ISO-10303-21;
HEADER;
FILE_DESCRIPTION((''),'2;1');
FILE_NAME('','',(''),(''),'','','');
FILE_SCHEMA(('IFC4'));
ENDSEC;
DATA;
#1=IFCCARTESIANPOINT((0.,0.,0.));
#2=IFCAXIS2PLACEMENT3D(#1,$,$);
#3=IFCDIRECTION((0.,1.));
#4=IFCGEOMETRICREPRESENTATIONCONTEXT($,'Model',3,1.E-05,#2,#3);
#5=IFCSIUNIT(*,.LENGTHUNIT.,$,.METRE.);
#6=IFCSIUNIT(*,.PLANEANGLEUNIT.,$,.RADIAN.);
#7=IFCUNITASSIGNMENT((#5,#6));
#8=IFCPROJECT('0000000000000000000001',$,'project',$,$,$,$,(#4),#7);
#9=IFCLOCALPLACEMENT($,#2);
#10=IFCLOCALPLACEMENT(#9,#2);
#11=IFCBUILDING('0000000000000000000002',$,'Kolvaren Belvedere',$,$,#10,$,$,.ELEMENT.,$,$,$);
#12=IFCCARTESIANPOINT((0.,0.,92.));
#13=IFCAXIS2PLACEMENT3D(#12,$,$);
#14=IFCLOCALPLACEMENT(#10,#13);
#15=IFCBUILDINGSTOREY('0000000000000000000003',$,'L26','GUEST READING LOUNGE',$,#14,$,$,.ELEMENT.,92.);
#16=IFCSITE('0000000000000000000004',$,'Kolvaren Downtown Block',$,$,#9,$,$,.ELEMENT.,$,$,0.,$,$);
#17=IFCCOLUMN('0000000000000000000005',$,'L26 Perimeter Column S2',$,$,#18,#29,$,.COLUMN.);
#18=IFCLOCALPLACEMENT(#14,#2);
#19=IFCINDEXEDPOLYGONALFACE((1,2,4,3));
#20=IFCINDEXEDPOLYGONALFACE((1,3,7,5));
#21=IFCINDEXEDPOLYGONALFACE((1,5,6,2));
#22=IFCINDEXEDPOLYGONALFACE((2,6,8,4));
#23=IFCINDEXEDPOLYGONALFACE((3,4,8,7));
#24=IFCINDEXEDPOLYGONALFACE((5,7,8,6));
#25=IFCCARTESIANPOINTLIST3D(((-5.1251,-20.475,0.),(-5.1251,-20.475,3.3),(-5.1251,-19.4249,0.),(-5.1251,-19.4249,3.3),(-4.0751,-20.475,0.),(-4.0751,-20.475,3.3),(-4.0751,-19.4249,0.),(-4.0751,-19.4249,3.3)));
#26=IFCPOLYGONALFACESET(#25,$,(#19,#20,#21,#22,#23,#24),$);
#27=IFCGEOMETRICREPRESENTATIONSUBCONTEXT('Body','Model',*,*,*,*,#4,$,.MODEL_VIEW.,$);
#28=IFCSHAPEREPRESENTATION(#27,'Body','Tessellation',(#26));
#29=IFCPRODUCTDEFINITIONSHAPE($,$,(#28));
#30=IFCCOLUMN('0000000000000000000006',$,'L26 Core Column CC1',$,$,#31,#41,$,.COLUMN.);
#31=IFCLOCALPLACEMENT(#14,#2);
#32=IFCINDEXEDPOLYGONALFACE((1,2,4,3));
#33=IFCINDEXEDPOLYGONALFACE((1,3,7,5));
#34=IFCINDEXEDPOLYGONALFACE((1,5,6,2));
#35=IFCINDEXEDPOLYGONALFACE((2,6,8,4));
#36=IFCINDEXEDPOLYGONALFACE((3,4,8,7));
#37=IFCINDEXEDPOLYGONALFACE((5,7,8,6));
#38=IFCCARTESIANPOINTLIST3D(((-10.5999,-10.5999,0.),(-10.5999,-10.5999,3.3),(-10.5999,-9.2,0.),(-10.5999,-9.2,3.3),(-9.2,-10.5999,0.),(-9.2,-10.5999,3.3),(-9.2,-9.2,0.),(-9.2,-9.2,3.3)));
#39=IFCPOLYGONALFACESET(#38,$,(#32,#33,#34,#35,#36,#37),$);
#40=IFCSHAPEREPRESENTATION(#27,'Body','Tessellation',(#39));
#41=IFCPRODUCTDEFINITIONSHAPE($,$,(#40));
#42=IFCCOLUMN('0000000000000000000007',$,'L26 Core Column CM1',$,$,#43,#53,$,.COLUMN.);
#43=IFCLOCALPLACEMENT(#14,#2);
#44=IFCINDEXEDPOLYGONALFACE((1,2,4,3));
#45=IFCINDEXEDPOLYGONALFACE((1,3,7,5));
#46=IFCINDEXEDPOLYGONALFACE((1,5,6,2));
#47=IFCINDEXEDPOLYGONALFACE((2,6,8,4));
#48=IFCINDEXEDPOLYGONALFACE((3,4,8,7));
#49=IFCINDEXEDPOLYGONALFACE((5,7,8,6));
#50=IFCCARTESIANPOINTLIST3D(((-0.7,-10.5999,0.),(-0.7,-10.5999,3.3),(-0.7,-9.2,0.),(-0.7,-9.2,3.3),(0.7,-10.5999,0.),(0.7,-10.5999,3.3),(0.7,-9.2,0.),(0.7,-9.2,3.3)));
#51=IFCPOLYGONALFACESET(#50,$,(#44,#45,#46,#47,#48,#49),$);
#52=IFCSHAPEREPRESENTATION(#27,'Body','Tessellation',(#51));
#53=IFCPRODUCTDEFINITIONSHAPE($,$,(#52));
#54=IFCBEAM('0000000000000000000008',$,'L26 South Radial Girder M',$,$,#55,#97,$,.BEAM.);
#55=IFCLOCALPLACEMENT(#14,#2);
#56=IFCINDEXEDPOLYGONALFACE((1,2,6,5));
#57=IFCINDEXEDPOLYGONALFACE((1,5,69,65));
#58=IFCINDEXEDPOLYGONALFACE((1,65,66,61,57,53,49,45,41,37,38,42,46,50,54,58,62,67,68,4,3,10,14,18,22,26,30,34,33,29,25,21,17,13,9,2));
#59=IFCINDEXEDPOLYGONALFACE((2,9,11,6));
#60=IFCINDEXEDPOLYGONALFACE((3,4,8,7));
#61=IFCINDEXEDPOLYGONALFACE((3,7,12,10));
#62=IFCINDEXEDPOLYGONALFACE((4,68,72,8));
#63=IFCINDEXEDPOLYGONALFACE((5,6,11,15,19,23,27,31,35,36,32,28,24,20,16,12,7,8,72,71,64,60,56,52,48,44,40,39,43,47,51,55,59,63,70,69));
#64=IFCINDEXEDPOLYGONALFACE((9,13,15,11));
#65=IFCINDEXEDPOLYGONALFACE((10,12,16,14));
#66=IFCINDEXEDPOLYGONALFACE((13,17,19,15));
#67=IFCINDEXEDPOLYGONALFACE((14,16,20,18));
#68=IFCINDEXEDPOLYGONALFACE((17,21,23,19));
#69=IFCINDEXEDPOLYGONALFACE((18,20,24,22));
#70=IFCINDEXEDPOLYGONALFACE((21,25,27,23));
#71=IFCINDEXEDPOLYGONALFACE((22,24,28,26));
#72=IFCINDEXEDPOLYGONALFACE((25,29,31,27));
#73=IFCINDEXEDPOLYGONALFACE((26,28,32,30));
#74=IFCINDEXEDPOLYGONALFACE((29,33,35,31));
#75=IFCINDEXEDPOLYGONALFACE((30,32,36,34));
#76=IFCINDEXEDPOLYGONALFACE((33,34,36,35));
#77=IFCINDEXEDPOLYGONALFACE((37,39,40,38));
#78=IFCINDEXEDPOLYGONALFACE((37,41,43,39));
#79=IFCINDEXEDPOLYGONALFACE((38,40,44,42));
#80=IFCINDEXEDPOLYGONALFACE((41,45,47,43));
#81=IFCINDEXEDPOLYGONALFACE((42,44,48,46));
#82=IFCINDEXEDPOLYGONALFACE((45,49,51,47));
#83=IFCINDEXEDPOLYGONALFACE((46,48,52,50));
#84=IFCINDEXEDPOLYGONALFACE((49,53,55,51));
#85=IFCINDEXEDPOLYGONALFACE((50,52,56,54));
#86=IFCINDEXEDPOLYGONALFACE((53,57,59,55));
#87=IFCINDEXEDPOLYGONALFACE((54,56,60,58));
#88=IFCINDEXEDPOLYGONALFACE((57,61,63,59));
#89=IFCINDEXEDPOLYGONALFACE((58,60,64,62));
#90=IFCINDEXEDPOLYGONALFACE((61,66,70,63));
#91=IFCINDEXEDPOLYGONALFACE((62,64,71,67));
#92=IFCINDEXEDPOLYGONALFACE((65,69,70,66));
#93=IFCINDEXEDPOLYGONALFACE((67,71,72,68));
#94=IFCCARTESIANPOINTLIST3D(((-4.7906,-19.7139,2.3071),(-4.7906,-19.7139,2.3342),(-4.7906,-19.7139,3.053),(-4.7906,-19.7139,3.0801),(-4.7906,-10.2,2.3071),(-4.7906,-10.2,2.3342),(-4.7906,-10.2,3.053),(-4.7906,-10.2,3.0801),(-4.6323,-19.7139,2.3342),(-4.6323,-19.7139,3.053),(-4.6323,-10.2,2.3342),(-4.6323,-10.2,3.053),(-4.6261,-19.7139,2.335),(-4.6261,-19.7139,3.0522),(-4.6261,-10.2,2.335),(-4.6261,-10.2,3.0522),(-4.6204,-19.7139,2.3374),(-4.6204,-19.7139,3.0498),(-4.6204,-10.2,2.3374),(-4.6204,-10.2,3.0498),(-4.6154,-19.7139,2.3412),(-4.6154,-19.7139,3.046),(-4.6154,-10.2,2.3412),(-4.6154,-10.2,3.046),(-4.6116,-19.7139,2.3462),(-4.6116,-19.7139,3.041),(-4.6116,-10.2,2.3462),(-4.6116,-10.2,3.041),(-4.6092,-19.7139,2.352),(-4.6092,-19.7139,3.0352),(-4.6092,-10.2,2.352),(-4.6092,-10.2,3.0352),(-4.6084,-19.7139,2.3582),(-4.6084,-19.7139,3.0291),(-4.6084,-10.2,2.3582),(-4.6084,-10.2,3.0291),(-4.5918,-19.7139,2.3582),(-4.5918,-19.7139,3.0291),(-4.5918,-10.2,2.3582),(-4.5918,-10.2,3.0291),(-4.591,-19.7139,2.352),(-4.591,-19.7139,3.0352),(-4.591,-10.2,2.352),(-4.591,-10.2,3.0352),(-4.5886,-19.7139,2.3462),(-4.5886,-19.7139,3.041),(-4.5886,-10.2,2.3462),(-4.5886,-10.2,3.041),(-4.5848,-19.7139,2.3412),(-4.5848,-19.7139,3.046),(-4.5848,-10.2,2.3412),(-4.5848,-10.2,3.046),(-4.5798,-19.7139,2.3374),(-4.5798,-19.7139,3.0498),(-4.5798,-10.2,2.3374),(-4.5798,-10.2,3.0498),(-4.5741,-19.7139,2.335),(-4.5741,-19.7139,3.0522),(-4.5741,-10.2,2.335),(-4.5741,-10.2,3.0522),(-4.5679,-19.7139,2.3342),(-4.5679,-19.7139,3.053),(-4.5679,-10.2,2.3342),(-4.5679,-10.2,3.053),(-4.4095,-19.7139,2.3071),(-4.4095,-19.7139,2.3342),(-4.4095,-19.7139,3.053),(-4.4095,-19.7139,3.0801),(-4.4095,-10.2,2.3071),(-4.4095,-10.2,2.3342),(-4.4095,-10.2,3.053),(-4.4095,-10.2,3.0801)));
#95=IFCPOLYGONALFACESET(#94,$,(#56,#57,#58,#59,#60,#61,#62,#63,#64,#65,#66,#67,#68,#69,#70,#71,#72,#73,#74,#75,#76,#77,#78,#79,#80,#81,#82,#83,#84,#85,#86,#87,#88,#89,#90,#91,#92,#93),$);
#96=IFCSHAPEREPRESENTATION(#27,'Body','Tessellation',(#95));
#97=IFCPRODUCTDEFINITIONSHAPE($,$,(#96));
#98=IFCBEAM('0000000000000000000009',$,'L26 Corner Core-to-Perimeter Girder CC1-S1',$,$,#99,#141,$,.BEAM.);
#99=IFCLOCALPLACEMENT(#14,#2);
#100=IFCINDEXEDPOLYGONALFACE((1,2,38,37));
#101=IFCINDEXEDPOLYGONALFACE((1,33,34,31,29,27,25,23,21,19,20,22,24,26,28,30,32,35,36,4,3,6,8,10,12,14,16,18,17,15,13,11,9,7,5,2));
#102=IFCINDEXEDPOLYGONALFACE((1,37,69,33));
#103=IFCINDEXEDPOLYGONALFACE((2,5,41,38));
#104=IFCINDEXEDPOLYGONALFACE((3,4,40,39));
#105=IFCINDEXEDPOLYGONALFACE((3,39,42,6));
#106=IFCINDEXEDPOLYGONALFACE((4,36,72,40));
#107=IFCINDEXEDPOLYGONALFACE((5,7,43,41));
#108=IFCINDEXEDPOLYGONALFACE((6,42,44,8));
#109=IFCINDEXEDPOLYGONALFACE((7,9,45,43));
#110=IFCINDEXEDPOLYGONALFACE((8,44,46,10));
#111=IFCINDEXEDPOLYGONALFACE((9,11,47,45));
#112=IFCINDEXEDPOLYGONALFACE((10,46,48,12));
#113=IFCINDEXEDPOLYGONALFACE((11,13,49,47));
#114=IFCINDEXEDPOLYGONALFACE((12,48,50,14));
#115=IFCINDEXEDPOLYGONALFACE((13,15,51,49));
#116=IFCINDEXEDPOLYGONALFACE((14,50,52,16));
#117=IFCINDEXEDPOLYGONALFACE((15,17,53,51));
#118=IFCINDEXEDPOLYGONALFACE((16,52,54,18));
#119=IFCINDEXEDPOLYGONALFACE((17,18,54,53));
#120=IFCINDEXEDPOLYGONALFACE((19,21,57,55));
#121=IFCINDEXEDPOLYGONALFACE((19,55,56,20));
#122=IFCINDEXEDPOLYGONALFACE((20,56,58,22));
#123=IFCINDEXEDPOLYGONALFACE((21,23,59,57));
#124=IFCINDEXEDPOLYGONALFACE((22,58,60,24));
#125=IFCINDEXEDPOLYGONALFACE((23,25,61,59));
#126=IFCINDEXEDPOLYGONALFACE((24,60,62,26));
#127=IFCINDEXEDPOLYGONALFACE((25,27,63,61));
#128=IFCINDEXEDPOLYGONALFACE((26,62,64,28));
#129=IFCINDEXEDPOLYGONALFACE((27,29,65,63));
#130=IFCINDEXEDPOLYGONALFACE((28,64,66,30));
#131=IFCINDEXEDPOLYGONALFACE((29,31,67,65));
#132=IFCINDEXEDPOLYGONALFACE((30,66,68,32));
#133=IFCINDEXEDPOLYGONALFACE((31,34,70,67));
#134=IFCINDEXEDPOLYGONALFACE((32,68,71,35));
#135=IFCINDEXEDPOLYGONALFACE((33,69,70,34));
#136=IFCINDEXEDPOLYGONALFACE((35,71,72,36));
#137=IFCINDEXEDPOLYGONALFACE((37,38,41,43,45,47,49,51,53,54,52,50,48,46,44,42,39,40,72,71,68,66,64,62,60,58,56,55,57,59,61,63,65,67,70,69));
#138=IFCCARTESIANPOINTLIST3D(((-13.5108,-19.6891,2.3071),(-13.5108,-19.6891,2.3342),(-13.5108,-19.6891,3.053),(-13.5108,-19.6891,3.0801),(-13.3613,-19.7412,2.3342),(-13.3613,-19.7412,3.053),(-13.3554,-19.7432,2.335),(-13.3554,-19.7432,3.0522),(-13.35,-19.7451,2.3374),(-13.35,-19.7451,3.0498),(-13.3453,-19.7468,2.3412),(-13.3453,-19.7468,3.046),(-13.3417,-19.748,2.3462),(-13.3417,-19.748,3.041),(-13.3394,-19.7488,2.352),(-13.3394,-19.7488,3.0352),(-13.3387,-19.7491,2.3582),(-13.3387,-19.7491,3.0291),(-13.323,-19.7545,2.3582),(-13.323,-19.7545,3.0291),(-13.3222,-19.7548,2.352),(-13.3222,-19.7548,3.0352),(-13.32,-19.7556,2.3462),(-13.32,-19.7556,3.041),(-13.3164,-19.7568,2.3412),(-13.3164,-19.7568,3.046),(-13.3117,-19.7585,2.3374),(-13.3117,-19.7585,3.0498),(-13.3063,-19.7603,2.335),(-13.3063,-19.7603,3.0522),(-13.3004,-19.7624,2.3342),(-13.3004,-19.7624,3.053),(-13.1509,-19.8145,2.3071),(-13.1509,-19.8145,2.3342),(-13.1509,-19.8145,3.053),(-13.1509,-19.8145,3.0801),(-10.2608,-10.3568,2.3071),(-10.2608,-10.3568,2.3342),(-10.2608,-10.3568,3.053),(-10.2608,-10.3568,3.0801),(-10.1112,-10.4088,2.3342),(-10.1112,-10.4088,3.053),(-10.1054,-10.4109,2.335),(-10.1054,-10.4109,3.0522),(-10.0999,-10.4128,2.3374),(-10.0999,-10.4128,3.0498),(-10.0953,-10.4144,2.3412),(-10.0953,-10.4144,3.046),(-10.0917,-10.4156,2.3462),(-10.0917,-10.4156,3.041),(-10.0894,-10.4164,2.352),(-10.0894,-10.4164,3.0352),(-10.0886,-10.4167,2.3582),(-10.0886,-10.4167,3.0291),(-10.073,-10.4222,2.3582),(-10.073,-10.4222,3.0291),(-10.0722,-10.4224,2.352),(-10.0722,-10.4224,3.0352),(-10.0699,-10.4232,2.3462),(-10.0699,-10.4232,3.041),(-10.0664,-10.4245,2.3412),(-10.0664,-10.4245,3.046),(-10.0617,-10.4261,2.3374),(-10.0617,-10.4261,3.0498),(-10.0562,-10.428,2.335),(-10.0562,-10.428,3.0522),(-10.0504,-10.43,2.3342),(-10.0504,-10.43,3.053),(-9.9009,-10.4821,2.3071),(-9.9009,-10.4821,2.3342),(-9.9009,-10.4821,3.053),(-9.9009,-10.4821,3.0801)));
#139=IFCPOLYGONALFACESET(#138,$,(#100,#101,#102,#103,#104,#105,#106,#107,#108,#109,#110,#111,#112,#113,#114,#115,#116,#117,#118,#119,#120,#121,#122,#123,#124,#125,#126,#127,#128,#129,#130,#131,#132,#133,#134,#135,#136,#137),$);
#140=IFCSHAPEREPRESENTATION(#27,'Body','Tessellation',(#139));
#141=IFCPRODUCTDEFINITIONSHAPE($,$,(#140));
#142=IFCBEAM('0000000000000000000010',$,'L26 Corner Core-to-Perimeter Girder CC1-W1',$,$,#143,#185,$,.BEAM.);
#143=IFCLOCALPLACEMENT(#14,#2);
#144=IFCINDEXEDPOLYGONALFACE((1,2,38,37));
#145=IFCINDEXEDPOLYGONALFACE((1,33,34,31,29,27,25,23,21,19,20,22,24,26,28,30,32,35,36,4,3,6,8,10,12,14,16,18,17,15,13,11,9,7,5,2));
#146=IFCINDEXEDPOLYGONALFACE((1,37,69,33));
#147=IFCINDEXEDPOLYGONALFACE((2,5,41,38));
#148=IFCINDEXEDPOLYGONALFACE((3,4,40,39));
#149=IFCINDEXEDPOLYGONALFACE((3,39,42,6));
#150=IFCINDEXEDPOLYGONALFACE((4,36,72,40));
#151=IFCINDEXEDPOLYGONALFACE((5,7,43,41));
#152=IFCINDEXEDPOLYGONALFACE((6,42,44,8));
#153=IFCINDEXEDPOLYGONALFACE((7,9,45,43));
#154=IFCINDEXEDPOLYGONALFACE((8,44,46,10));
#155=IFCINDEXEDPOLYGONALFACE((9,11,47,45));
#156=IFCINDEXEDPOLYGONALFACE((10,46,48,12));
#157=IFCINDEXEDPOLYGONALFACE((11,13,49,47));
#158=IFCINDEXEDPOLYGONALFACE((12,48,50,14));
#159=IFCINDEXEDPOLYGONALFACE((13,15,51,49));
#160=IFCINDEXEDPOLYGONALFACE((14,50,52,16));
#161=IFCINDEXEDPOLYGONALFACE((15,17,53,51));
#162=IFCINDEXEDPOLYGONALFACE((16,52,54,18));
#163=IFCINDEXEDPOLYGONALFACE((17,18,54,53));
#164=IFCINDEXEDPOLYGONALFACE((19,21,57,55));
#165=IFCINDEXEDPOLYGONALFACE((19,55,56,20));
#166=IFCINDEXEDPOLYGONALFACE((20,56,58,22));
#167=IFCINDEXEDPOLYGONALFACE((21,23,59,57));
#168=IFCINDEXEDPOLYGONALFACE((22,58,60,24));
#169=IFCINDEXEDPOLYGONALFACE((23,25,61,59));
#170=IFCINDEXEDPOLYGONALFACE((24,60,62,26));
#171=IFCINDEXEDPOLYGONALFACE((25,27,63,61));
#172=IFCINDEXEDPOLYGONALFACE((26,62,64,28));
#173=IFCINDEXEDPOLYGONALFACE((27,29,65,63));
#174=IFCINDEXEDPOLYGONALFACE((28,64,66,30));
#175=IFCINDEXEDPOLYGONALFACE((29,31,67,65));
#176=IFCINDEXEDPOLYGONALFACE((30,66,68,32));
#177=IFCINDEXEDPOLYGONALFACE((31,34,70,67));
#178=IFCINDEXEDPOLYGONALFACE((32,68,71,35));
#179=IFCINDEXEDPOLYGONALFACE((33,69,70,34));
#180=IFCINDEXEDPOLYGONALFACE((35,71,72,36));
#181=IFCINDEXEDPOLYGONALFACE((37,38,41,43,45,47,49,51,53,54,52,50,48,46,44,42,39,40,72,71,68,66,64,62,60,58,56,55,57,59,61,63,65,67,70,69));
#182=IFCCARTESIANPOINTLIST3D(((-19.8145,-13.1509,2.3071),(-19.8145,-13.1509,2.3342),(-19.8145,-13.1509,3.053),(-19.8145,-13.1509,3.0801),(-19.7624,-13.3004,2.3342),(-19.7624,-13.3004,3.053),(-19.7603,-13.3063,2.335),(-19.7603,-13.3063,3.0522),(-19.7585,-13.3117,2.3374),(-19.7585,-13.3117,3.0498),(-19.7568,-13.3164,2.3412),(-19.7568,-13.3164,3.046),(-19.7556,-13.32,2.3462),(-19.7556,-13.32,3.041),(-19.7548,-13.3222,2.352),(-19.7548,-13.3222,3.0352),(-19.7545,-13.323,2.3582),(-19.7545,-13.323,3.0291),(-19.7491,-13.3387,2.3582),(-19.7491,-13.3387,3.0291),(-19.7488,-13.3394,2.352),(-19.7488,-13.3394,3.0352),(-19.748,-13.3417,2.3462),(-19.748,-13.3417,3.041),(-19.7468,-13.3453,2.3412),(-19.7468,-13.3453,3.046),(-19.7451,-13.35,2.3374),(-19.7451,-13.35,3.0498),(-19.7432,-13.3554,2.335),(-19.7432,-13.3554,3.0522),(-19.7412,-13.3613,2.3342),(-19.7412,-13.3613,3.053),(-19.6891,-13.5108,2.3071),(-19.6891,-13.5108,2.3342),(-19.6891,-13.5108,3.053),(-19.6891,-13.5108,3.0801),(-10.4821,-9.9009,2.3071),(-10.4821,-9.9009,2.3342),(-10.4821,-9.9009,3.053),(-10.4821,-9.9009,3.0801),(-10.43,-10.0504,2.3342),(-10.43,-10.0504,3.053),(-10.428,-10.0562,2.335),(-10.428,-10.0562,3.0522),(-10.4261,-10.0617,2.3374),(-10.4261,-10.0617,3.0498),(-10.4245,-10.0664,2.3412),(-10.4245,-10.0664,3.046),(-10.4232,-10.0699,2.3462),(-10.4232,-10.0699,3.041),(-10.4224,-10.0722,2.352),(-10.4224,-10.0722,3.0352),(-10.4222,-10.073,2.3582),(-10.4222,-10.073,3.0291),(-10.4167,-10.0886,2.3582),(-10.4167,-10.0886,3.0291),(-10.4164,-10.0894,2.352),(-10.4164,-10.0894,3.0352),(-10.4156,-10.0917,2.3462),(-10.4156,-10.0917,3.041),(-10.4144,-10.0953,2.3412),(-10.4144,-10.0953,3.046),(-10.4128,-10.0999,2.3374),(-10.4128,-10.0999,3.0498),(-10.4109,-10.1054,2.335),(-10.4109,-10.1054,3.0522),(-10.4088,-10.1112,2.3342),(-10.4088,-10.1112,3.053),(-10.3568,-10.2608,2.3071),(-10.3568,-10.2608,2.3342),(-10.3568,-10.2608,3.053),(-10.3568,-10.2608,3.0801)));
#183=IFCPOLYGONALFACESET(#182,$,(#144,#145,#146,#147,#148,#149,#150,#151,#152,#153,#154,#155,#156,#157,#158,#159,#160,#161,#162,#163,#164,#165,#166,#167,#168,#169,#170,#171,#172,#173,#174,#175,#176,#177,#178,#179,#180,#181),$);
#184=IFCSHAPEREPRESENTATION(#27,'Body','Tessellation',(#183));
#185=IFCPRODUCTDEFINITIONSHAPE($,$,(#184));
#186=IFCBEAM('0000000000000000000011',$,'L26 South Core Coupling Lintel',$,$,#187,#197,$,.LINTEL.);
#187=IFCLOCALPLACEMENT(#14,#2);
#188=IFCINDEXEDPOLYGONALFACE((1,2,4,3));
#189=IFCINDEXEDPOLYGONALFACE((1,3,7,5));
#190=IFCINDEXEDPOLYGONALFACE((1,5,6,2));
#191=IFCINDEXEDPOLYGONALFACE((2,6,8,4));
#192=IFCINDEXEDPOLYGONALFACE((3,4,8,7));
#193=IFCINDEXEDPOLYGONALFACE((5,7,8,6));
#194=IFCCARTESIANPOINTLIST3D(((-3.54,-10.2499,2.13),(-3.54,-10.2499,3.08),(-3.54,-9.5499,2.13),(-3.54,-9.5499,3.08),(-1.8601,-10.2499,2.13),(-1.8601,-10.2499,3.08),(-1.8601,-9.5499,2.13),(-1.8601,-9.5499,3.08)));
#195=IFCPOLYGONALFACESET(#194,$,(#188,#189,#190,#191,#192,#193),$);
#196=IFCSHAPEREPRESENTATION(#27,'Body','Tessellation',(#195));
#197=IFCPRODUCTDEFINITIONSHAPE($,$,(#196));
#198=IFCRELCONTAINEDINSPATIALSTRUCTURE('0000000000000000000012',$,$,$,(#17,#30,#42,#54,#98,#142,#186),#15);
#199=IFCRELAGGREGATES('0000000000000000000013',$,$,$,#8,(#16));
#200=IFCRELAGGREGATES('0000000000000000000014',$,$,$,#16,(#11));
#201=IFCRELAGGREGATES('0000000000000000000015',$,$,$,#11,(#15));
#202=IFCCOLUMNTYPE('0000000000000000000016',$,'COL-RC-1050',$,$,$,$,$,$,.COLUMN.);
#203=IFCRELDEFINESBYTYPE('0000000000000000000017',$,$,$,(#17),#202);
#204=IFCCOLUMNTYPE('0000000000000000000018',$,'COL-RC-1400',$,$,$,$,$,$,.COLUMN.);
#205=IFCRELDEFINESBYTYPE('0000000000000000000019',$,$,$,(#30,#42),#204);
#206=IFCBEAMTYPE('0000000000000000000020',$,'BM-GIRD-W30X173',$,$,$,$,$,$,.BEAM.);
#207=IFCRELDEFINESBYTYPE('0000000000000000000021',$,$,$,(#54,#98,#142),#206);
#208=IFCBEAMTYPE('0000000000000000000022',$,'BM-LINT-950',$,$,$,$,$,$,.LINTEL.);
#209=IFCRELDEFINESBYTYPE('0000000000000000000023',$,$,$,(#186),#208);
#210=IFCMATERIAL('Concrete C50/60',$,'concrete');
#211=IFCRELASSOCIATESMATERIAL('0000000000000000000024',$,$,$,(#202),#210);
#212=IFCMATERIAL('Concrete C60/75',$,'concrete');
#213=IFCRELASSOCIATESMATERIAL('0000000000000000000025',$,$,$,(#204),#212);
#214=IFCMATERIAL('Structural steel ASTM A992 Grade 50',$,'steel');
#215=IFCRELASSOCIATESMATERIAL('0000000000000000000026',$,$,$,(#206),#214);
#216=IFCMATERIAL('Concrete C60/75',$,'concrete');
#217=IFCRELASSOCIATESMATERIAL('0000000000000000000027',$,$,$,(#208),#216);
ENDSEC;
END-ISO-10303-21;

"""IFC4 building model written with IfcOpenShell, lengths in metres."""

from ifc_helpers import new_model, si_unit, direction, frame, origin, origin_2d, place, context, subcontext, project, spatial, rectangle, i_section, extrude, material, material_profile, profile_set, type_object, element, save


model = new_model("IFC4")

# Units and contexts
model_context = context("Model", 3, precision=1e-05, world=origin(), true_north=direction((0.0, 1.0)))
body_context = subcontext(model_context, "Body", "Model", "MODEL_VIEW")
ifc_project = project(units=[si_unit("LENGTHUNIT", "METRE"), si_unit("PLANEANGLEUNIT", "RADIAN")], contexts=[model_context])

# Site, building, storey
site_placement = place(None, origin())
site = spatial("IfcSite", under=ifc_project, at=site_placement, Name="Kolvaren Downtown Block", CompositionType="ELEMENT", RefElevation=0.0)
building_placement = place(site_placement, origin())
building = spatial("IfcBuilding", under=site, at=building_placement, Name="Kolvaren Belvedere", CompositionType="ELEMENT")
storey_placement = place(building_placement, frame((0.0, 0.0, 92.0)))
storey = spatial("IfcBuildingStorey", under=building, at=storey_placement, Name="L26", Description="GUEST READING LOUNGE", CompositionType="ELEMENT", Elevation=92.0)

# Columns
ifc_material_1 = material(Name="Concrete C50/60", Category="concrete")
ifc_material_profile_1 = material_profile(ifc_material_1, rectangle(XDim=1.05, YDim=1.05, at=origin_2d()), Name="RC 1050X1050")
ifc_profile_set_1 = profile_set([ifc_material_profile_1], Name="Concrete C50/60")
column_type_1 = type_object("IfcColumnType", Name="COL-RC-1050", PredefinedType="COLUMN", material=ifc_profile_set_1)
column_placement = place(storey_placement, frame((-4.6001, -19.95, 0.0), z_axis=(0.0, 0.0, 1.0), x_axis=(1.0, 0.0, 0.0)))
element("IfcColumn", 1, at=column_placement, inside=storey, type_object=column_type_1, Name="L26 Perimeter Column S2", PredefinedType="COLUMN", context=body_context, shape_type="SweptSolid", body=[
    extrude(rectangle(XDim=1.05, YDim=1.05, at=origin_2d()), origin(), (0.0, 0.0, 1.0), 3.3),
])
ifc_material_2 = material(Name="Concrete C60/75", Category="concrete")
ifc_material_profile_2 = material_profile(ifc_material_2, rectangle(XDim=1.3999, YDim=1.3999, at=origin_2d()), Name="RC 1400X1400")
ifc_profile_set_2 = profile_set([ifc_material_profile_2], Name="Concrete C60/75")
column_type_2 = type_object("IfcColumnType", Name="COL-RC-1400", PredefinedType="COLUMN", material=ifc_profile_set_2)
for number, where, z_axis, x_axis, name in (
    (2, (-9.8999, -9.8999, 0.0), (0.0, 0.0, 1.0), (1.0, 0.0, 0.0), "L26 Core Column CC1"),
    (3, (0.0, -9.8999, 0.0), (0.0, 0.0, 1.0), (1.0, 0.0, 0.0), "L26 Core Column CM1"),
):
    element("IfcColumn", number, at=place(storey_placement, frame(where, z_axis=z_axis, x_axis=x_axis)), inside=storey, type_object=column_type_2, Name=name, PredefinedType="COLUMN", context=body_context, shape_type="SweptSolid", body=[
        extrude(rectangle(XDim=1.3999, YDim=1.3999, at=origin_2d()), origin(), (0.0, 0.0, 1.0), 3.3),
    ])

# Beams
ifc_material_3 = material(Name="Structural steel ASTM A992 Grade 50", Category="steel")
ifc_material_profile_3 = material_profile(ifc_material_3, i_section(OverallWidth=0.3811, OverallDepth=0.7729, WebThickness=0.0166, FlangeThickness=0.0271, FilletRadius=0.0239, at=origin_2d()), Name="W30X173")
ifc_profile_set_3 = profile_set([ifc_material_profile_3], Name="Structural steel ASTM A992 Grade 50")
beam_type_1 = type_object("IfcBeamType", Name="BM-GIRD-W30X173", PredefinedType="BEAM", material=ifc_profile_set_3)
beam_1_placement = place(storey_placement, frame((-4.6001, -10.2, 2.6936), z_axis=(0.0, -1.0, 0.0), x_axis=(1.0, 0.0, 0.0)))
element("IfcBeam", 4, at=beam_1_placement, inside=storey, type_object=beam_type_1, Name="L26 South Radial Girder M", PredefinedType="BEAM", context=body_context, shape_type="SweptSolid", body=[
    extrude(i_section(OverallWidth=0.3811, OverallDepth=0.7729, WebThickness=0.0166, FlangeThickness=0.0271, FilletRadius=0.0239, at=origin_2d()), origin(), (0.0, 0.0, 1.0), 9.5139),
])
for number, where, z_axis, x_axis, name in (
    (5, (-10.0808, -10.4194, 2.6936), (-0.328881, -0.944371, 0.0), (0.944371, -0.328881, 0.0), "L26 Corner Core-to-Perimeter Girder CC1-S1"),
    (6, (-10.4194, -10.0808, 2.6936), (-0.944371, -0.328881, 0.0), (0.328881, -0.944371, 0.0), "L26 Corner Core-to-Perimeter Girder CC1-W1"),
):
    element("IfcBeam", number, at=place(storey_placement, frame(where, z_axis=z_axis, x_axis=x_axis)), inside=storey, type_object=beam_type_1, Name=name, PredefinedType="BEAM", context=body_context, shape_type="SweptSolid", body=[
        extrude(i_section(OverallWidth=0.3811, OverallDepth=0.7729, WebThickness=0.0166, FlangeThickness=0.0271, FilletRadius=0.0239, at=origin_2d()), origin(), (0.0, 0.0, 1.0), 9.8821),
    ])
ifc_material_4 = material(Name="Concrete C60/75", Category="concrete")
ifc_material_profile_4 = material_profile(ifc_material_4, rectangle(XDim=0.7, YDim=0.95, at=origin_2d()), Name="RC 700X950")
ifc_profile_set_4 = profile_set([ifc_material_profile_4], Name="Concrete C60/75")
beam_type_2 = type_object("IfcBeamType", Name="BM-LINT-950", PredefinedType="LINTEL", material=ifc_profile_set_4)
beam_2_placement = place(storey_placement, frame((-3.54, -9.8999, 2.605), z_axis=(1.0, 0.0, 0.0), x_axis=(0.0, 1.0, 0.0)))
element("IfcBeam", 7, at=beam_2_placement, inside=storey, type_object=beam_type_2, Name="L26 South Core Coupling Lintel", PredefinedType="LINTEL", context=body_context, shape_type="SweptSolid", body=[
    extrude(rectangle(XDim=0.7, YDim=0.95, at=origin_2d()), origin(), (0.0, 0.0, 1.0), 1.6799),
])

save(model, "model.ifc")
